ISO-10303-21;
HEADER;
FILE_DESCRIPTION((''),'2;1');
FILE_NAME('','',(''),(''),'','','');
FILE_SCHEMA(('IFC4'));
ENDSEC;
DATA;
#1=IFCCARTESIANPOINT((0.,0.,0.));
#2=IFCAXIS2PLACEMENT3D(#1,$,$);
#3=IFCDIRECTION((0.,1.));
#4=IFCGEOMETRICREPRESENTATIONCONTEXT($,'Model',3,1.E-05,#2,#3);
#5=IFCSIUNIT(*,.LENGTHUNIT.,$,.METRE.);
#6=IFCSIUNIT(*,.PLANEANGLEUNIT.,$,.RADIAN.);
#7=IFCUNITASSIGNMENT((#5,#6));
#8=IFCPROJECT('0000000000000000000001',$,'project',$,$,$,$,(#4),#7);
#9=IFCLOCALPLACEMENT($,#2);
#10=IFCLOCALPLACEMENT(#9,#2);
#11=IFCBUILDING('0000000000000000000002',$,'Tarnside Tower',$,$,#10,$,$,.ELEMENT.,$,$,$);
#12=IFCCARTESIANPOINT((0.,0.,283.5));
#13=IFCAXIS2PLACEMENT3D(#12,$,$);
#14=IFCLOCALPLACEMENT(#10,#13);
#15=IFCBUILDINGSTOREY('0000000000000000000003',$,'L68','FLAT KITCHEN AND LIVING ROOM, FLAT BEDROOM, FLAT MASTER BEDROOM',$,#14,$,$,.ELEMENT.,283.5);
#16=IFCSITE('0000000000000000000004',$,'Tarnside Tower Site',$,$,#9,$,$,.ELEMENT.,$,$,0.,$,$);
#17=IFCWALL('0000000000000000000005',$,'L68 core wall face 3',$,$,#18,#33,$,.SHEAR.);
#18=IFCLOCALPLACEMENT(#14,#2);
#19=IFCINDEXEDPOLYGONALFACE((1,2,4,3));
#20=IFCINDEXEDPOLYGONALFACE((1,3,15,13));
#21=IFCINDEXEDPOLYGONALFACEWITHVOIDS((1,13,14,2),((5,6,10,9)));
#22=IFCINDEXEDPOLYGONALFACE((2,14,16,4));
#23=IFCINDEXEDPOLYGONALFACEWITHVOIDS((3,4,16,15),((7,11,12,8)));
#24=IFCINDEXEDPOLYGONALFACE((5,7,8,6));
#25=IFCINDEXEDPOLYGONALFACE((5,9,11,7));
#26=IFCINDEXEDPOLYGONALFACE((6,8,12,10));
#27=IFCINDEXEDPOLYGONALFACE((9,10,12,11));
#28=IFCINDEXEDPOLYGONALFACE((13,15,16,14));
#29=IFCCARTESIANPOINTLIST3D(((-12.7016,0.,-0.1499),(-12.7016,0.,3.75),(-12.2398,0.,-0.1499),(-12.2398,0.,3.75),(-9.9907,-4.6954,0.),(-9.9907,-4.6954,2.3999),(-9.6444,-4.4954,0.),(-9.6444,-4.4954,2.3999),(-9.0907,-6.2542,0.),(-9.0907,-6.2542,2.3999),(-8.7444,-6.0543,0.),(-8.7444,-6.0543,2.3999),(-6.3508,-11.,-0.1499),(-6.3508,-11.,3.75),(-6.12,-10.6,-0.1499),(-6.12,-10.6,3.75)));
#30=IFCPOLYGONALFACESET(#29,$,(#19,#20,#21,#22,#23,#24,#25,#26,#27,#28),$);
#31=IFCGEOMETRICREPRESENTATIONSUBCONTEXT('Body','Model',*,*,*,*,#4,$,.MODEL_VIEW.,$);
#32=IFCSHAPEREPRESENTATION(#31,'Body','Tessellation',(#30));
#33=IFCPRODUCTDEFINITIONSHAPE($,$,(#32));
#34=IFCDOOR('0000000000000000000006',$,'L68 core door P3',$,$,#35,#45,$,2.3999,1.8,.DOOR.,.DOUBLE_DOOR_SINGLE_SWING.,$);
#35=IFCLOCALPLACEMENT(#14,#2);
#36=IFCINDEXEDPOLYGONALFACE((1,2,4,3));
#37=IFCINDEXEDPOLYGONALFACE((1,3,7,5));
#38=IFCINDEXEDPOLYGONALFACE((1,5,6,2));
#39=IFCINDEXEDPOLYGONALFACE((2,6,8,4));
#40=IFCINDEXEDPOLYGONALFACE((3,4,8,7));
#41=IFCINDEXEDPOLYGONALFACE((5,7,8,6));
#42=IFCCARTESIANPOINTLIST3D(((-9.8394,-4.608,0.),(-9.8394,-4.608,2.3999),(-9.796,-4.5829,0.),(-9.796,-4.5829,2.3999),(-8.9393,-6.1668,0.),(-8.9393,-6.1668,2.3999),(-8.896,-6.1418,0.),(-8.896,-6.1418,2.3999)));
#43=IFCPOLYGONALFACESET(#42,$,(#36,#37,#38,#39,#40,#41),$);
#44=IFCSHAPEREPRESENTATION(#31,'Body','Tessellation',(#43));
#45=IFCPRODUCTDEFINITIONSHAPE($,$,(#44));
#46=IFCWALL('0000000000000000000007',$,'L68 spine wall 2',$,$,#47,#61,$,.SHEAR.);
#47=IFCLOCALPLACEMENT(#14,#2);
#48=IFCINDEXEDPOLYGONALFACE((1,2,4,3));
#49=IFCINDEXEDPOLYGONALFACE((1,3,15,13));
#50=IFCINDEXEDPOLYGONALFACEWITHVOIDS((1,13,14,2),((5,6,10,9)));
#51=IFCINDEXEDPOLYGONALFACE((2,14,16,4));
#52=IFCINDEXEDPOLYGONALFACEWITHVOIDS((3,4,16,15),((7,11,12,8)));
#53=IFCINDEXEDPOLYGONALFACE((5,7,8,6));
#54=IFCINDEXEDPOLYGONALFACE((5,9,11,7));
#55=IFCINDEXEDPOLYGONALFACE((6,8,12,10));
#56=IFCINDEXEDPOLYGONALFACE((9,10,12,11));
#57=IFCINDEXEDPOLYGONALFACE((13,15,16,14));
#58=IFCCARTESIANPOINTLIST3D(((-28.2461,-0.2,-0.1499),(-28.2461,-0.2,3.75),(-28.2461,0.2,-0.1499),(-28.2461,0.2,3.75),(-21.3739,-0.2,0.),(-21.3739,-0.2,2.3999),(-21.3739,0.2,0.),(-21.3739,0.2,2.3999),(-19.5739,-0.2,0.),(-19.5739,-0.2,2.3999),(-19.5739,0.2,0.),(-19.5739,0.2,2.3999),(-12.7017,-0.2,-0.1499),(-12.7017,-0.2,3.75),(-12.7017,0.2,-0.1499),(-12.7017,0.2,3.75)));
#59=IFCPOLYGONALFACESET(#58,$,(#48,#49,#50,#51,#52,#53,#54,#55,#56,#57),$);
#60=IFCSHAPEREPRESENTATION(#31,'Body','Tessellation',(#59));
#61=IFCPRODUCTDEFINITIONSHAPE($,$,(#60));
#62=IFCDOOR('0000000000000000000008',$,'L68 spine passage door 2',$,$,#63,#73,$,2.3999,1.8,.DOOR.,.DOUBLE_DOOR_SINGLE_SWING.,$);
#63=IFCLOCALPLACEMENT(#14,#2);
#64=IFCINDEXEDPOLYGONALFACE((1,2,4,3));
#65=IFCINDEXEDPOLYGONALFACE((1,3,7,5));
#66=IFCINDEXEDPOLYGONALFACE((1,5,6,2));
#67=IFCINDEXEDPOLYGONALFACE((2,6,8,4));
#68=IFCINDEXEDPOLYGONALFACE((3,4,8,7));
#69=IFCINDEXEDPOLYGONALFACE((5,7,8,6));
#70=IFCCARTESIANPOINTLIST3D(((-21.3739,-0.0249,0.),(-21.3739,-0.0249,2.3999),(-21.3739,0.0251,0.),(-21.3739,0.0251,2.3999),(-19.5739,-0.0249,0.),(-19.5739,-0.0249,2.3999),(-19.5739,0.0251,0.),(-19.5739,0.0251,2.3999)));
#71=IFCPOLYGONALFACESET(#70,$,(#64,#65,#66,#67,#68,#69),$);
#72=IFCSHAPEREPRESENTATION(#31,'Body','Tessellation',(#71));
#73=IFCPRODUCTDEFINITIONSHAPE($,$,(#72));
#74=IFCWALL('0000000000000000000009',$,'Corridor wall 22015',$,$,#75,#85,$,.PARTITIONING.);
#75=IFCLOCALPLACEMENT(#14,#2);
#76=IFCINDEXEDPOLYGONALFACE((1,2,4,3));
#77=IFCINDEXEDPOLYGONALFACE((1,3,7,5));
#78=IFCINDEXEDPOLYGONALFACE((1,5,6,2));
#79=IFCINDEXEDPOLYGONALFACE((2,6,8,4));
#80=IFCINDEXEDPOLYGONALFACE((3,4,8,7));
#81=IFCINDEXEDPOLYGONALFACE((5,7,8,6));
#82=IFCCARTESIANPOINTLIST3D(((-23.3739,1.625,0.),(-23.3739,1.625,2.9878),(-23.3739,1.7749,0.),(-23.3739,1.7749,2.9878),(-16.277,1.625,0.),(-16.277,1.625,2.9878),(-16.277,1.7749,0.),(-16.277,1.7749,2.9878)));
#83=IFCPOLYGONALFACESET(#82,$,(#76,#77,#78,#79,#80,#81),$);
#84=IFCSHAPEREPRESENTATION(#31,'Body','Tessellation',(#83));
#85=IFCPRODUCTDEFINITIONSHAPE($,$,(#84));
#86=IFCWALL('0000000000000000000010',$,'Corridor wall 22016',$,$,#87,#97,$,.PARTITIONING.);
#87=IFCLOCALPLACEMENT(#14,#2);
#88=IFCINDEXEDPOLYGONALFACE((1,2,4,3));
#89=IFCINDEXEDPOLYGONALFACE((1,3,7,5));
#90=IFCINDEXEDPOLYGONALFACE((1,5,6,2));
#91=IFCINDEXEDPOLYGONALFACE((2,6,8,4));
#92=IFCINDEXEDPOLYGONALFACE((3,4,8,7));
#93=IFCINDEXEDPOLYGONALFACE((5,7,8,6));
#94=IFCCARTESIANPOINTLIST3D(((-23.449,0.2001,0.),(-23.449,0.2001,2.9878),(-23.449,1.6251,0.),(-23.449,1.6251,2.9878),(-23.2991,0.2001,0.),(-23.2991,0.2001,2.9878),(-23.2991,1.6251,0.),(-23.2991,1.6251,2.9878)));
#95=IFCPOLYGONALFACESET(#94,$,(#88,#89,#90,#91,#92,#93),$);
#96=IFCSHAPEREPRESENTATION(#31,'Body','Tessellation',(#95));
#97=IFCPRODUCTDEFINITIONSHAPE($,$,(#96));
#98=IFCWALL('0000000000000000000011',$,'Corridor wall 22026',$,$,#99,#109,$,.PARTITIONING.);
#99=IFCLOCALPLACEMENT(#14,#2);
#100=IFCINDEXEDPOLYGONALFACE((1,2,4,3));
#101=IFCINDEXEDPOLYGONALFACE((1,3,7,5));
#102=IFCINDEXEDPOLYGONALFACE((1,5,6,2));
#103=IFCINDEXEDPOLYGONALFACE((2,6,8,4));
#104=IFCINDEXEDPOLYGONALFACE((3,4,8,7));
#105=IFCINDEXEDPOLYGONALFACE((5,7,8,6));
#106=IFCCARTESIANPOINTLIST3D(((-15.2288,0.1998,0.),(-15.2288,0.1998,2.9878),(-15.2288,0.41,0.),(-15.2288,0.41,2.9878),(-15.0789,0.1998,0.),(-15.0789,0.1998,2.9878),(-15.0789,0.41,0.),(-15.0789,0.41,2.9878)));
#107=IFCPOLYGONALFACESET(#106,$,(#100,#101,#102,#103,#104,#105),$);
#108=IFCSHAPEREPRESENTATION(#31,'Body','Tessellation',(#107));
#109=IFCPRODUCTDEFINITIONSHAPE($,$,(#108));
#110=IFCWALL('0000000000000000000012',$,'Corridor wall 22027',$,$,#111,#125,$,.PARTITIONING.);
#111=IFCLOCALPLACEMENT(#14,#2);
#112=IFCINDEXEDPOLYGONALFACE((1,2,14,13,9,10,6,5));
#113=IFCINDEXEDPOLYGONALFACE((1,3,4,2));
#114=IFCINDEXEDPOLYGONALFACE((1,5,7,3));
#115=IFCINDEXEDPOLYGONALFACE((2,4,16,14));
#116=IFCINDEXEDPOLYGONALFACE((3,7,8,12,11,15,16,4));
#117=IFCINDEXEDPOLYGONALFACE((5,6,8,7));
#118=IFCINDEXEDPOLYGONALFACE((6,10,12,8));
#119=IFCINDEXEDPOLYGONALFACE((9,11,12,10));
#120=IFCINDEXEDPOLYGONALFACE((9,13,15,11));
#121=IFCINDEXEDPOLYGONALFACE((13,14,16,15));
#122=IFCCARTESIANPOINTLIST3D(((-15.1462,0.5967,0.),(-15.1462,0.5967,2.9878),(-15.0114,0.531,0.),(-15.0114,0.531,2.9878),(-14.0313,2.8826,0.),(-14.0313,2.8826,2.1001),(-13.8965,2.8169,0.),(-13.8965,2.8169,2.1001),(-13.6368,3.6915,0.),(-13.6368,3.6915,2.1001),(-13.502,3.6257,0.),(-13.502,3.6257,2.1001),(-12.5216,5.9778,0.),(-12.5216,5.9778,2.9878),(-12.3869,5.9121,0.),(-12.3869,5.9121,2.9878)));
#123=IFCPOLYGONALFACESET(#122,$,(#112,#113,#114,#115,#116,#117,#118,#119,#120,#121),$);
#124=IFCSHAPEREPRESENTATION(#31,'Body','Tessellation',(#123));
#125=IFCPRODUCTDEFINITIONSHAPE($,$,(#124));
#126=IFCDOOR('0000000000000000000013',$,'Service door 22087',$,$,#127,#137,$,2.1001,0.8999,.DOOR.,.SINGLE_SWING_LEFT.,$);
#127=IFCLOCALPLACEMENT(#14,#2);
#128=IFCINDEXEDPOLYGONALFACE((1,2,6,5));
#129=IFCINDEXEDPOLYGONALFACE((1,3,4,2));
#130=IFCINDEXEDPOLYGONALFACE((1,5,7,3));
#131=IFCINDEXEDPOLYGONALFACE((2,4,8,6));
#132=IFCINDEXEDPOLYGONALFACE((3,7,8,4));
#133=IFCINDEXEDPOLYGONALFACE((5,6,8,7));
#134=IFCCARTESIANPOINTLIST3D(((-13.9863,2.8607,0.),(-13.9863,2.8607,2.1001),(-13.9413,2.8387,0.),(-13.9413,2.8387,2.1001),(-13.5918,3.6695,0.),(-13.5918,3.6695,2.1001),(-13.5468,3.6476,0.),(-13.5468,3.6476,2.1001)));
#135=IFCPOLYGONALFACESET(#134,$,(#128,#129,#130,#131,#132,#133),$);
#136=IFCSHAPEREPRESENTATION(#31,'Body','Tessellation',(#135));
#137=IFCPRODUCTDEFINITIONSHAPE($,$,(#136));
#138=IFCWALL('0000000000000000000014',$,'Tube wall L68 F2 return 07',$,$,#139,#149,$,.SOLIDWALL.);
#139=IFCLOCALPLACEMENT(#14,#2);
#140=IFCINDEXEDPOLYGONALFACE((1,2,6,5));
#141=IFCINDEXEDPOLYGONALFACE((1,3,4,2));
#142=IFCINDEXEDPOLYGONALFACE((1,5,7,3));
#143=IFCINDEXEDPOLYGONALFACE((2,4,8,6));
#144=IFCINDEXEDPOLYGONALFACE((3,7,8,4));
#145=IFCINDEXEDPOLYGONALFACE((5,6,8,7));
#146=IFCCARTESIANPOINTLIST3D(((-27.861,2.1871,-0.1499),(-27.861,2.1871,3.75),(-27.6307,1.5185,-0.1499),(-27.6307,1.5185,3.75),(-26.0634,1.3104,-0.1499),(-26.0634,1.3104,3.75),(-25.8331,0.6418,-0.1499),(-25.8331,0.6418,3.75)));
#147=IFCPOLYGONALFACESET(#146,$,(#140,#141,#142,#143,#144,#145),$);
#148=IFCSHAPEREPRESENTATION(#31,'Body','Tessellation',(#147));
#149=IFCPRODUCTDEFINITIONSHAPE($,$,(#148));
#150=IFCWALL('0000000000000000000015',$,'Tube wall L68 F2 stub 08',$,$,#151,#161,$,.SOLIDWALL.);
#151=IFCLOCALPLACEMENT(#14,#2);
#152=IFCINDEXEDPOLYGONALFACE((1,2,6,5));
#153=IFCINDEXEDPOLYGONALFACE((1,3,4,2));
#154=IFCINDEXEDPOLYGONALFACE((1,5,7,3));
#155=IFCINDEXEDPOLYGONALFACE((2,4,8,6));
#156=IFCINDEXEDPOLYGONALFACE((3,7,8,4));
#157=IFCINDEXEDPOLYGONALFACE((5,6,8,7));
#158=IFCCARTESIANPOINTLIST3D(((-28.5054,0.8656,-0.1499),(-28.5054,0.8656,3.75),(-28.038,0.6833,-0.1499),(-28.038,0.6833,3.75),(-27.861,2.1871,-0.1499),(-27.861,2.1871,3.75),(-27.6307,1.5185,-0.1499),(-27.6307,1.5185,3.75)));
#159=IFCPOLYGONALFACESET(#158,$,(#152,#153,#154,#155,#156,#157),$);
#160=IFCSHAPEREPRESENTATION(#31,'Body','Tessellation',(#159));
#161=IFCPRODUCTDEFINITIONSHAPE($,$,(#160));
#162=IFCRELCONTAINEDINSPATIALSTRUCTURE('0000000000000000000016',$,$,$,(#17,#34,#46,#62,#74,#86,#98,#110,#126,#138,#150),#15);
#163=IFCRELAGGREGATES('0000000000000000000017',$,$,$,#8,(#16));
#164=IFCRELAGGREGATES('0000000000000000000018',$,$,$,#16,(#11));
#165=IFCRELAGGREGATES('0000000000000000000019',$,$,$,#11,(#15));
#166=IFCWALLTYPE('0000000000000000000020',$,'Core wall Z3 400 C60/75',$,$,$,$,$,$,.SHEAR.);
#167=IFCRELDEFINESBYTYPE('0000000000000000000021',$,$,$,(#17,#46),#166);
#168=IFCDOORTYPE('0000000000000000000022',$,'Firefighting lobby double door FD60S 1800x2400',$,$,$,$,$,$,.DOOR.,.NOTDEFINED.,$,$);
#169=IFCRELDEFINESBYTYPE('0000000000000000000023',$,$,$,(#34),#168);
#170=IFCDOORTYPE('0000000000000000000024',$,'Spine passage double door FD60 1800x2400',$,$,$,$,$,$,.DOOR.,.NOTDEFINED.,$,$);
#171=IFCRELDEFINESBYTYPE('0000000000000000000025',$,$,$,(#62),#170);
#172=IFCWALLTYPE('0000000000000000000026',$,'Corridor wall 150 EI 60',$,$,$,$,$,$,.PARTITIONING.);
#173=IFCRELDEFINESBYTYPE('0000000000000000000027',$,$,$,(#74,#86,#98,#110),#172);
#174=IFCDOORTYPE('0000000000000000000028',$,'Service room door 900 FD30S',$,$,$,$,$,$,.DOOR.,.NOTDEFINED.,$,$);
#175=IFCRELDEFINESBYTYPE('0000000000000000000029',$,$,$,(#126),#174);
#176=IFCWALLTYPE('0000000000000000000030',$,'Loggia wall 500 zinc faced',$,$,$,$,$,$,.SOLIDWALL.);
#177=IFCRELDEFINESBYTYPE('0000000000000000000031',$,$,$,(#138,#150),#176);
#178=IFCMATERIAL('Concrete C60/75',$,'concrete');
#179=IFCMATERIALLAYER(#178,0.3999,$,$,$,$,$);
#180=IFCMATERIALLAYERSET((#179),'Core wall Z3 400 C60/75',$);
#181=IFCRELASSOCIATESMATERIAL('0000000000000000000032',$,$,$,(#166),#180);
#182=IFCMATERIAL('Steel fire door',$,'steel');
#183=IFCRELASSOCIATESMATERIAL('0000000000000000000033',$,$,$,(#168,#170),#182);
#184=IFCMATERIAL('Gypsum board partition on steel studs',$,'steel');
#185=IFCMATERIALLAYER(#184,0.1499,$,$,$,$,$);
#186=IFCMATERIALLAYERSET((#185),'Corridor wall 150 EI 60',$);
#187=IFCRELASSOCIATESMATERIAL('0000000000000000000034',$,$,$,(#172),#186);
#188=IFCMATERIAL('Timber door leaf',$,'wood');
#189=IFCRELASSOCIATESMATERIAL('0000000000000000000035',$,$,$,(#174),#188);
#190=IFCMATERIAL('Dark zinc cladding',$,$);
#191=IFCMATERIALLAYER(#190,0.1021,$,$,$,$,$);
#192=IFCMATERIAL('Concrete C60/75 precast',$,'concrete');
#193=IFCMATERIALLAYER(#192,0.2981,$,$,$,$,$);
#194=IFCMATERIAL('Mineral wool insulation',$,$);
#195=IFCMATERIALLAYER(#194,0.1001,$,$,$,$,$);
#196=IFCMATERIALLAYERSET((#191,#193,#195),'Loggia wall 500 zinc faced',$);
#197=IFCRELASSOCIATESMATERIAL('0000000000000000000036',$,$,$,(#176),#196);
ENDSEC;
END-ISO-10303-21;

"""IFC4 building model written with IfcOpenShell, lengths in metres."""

from ifc_helpers import new_model, si_unit, direction, frame, frame_2d, origin, place, context, subcontext, project, spatial, polyline, rectangle, outline, extrude, material, layer, layer_set, type_object, element, fill, save


model = new_model("IFC4")

# Units and contexts
model_context = context("Model", 3, precision=1e-05, world=origin(), true_north=direction((0.0, 1.0)))
body_context = subcontext(model_context, "Body", "Model", "MODEL_VIEW")
ifc_project = project(units=[si_unit("LENGTHUNIT", "METRE"), si_unit("PLANEANGLEUNIT", "RADIAN")], contexts=[model_context])

# Site, building, storey
site_placement = place(None, origin())
site = spatial("IfcSite", under=ifc_project, at=site_placement, Name="Tarnside Tower Site", CompositionType="ELEMENT", RefElevation=0.0)
building_placement = place(site_placement, origin())
building = spatial("IfcBuilding", under=site, at=building_placement, Name="Tarnside Tower", CompositionType="ELEMENT")
storey_placement = place(building_placement, frame((0.0, 0.0, 283.5)))
storey = spatial("IfcBuildingStorey", under=building, at=storey_placement, Name="L68", Description="FLAT KITCHEN AND LIVING ROOM, FLAT BEDROOM, FLAT MASTER BEDROOM", CompositionType="ELEMENT", Elevation=283.5)

# Shared definitions
ifc_material_1 = material(Name="Gypsum board partition on steel studs", Category="steel")

# Walls, openings, doors
ifc_material_2 = material(Name="Concrete C60/75", Category="concrete")
ifc_layer_1 = layer(ifc_material_2, 0.3999)
ifc_layer_set_1 = layer_set([ifc_layer_1], Name="Core wall Z3 400 C60/75")
wall_type_1 = type_object("IfcWallType", Name="Core wall Z3 400 C60/75", PredefinedType="SHEAR", material=ifc_layer_set_1)
wall_1_placement = place(storey_placement, frame((-12.4707, 0.0, -0.1499), z_axis=(0.0, 0.0, 1.0), x_axis=(0.499996, -0.866027, 0.0)))
wall_1 = element("IfcWall", 1, at=wall_1_placement, inside=storey, type_object=wall_type_1, Name="L68 core wall face 3", PredefinedType="SHEAR", context=body_context, shape_type="SweptSolid", body=[
    extrude(outline(polyline([(-0.1155, -0.2), (12.5862, -0.2), (12.3552, 0.2), (0.1155, 0.2), (-0.1155, -0.2)])), origin(), (0.0, 0.0, 1.0), 3.8999),
])
opening_1_placement = place(wall_1_placement, frame((5.3064, 0.0, 0.1499)))
opening_1 = element("IfcOpeningElement", 2, at=opening_1_placement, cuts=wall_1, PredefinedType="OPENING", context=body_context, shape_type="SweptSolid", body=[
    extrude(rectangle(XDim=1.8, YDim=2.3999, at=frame_2d((0.8999, 1.2))), frame((0.0, 0.21, 0.0), z_axis=(0.0, -1.0, 0.0), x_axis=(1.0, 0.0, 0.0)), (0.0, 0.0, 1.0), 0.4199),
])
ifc_material_3 = material(Name="Steel fire door", Category="steel")
door_type_1 = type_object("IfcDoorType", Name="Firefighting lobby double door FD60S 1800x2400", OperationType="NOTDEFINED", PredefinedType="DOOR", material=ifc_material_3)
door_1_placement = place(opening_1_placement, origin())
door_1 = element("IfcDoor", 3, at=door_1_placement, inside=storey, type_object=door_type_1, Name="L68 core door P3", OperationType="DOUBLE_DOOR_SINGLE_SWING", OverallHeight=2.3999, OverallWidth=1.8, PredefinedType="DOOR", context=body_context, shape_type="SweptSolid", body=[
    extrude(rectangle(XDim=1.8, YDim=2.3999, at=frame_2d((0.8999, 1.2))), frame((0.0, 0.0249, 0.0), z_axis=(0.0, -1.0, 0.0), x_axis=(1.0, 0.0, 0.0)), (0.0, 0.0, 1.0), 0.05),
])
fill(opening_1, door_1)
wall_2_placement = place(storey_placement, frame((-12.7017, 0.0, -0.1499), z_axis=(0.0, 0.0, 1.0), x_axis=(-1.0, 0.0, 0.0)))
wall_2 = element("IfcWall", 4, at=wall_2_placement, inside=storey, type_object=wall_type_1, Name="L68 spine wall 2", PredefinedType="SHEAR", context=body_context, shape_type="SweptSolid", body=[
    extrude(rectangle(XDim=15.5444, YDim=0.3999, at=frame_2d((7.7722, 0.0))), origin(), (0.0, 0.0, 1.0), 3.8999),
])
opening_2_placement = place(wall_2_placement, frame((6.8723, 0.0, 0.1499)))
opening_2 = element("IfcOpeningElement", 5, at=opening_2_placement, cuts=wall_2, PredefinedType="OPENING", context=body_context, shape_type="SweptSolid", body=[
    extrude(rectangle(XDim=1.8, YDim=2.3999, at=frame_2d((0.8999, 1.2))), frame((0.0, 0.21, 0.0), z_axis=(0.0, -1.0, 0.0), x_axis=(1.0, 0.0, 0.0)), (0.0, 0.0, 1.0), 0.4199),
])
door_type_2 = type_object("IfcDoorType", Name="Spine passage double door FD60 1800x2400", OperationType="NOTDEFINED", PredefinedType="DOOR", material=ifc_material_3)
door_2_placement = place(opening_2_placement, origin())
door_2 = element("IfcDoor", 6, at=door_2_placement, inside=storey, type_object=door_type_2, Name="L68 spine passage door 2", OperationType="DOUBLE_DOOR_SINGLE_SWING", OverallHeight=2.3999, OverallWidth=1.8, PredefinedType="DOOR", context=body_context, shape_type="SweptSolid", body=[
    extrude(rectangle(XDim=1.8, YDim=2.3999, at=frame_2d((0.8999, 1.2))), frame((0.0, 0.0249, 0.0), z_axis=(0.0, -1.0, 0.0), x_axis=(1.0, 0.0, 0.0)), (0.0, 0.0, 1.0), 0.05),
])
fill(opening_2, door_2)

# Walls
ifc_layer_2 = layer(ifc_material_1, 0.1499)
ifc_layer_set_2 = layer_set([ifc_layer_2], Name="Corridor wall 150 EI 60")
wall_type_2 = type_object("IfcWallType", Name="Corridor wall 150 EI 60", PredefinedType="PARTITIONING", material=ifc_layer_set_2)
wall_3_placement = place(storey_placement, frame((-16.2771, 1.7, 0.0), z_axis=(0.0, 0.0, 1.0), x_axis=(-1.0, 0.0, 0.0)))
element("IfcWall", 7, at=wall_3_placement, inside=storey, type_object=wall_type_2, Name="Corridor wall 22015", PredefinedType="PARTITIONING", context=body_context, shape_type="SweptSolid", body=[
    extrude(rectangle(XDim=7.0969, YDim=0.1499, at=frame_2d((3.5483, 0.0))), origin(), (0.0, 0.0, 1.0), 2.9878),
])
wall_4_placement = place(storey_placement, frame((-23.374, 1.625, 0.0), z_axis=(0.0, 0.0, 1.0), x_axis=(0.0, -1.0, 0.0)))
element("IfcWall", 8, at=wall_4_placement, inside=storey, type_object=wall_type_2, Name="Corridor wall 22016", PredefinedType="PARTITIONING", context=body_context, shape_type="SweptSolid", body=[
    extrude(rectangle(XDim=1.425, YDim=0.1499, at=frame_2d((0.7124, 0.0))), origin(), (0.0, 0.0, 1.0), 2.9878),
])
wall_5_placement = place(storey_placement, frame((-15.1538, 0.2, 0.0), z_axis=(0.0, 0.0, 1.0), x_axis=(0.0, 1.0, 0.0)))
element("IfcWall", 9, at=wall_5_placement, inside=storey, type_object=wall_type_2, Name="Corridor wall 22026", PredefinedType="PARTITIONING", context=body_context, shape_type="SweptSolid", body=[
    extrude(rectangle(XDim=0.2102, YDim=0.1499, at=frame_2d((0.105, 0.0))), origin(), (0.0, 0.0, 1.0), 2.9878),
])

# Wall, opening, door
wall_6_placement = place(storey_placement, frame((-15.0789, 0.5637, 0.0), z_axis=(0.0, 0.0, 1.0), x_axis=(0.438367, 0.898796, 0.0)))
wall_6 = element("IfcWall", 10, at=wall_6_placement, inside=storey, type_object=wall_type_2, Name="Corridor wall 22027", PredefinedType="PARTITIONING", context=body_context, shape_type="SweptSolid", body=[
    extrude(rectangle(XDim=5.9871, YDim=0.1499, at=frame_2d((2.9937, 0.0))), origin(), (0.0, 0.0, 1.0), 2.9878),
])
opening_3_placement = place(wall_6_placement, frame((2.5435, 0.0, 0.0)))
opening_3 = element("IfcOpeningElement", 11, at=opening_3_placement, cuts=wall_6, PredefinedType="OPENING", context=body_context, shape_type="SweptSolid", body=[
    extrude(rectangle(XDim=0.8999, YDim=2.1001, at=frame_2d((0.45, 1.05))), frame((0.0, 0.085, 0.0), z_axis=(0.0, -1.0, 0.0), x_axis=(1.0, 0.0, 0.0)), (0.0, 0.0, 1.0), 0.1699),
])
ifc_material_4 = material(Name="Timber door leaf", Category="wood")
door_type_3 = type_object("IfcDoorType", Name="Service room door 900 FD30S", OperationType="NOTDEFINED", PredefinedType="DOOR", material=ifc_material_4)
door_3_placement = place(opening_3_placement, origin())
door_3 = element("IfcDoor", 12, at=door_3_placement, inside=storey, type_object=door_type_3, Name="Service door 22087", OperationType="SINGLE_SWING_LEFT", OverallHeight=2.1001, OverallWidth=0.8999, PredefinedType="DOOR", context=body_context, shape_type="SweptSolid", body=[
    extrude(rectangle(XDim=0.8999, YDim=2.1001, at=frame_2d((0.45, 1.05))), frame((0.0, 0.0249, 0.0), z_axis=(0.0, -1.0, 0.0), x_axis=(1.0, 0.0, 0.0)), (0.0, 0.0, 1.0), 0.05),
])
fill(opening_3, door_3)

# Walls
ifc_material_5 = material(Name="Dark zinc cladding")
ifc_layer_3 = layer(ifc_material_5, 0.1021)
ifc_material_6 = material(Name="Concrete C60/75 precast", Category="concrete")
ifc_layer_4 = layer(ifc_material_6, 0.2981)
ifc_material_7 = material(Name="Mineral wool insulation")
ifc_layer_5 = layer(ifc_material_7, 0.1001)
ifc_layer_set_3 = layer_set([ifc_layer_3, ifc_layer_4, ifc_layer_5], Name="Loggia wall 500 zinc faced")
wall_type_3 = type_object("IfcWallType", Name="Loggia wall 500 zinc faced", PredefinedType="SOLIDWALL", material=ifc_layer_set_3)
wall_7_placement = place(storey_placement, frame((-25.9482, 0.9761, -0.1499), z_axis=(0.0, 0.0, 1.0), x_axis=(-0.898802, 0.438354, 0.0)))
element("IfcWall", 13, at=wall_7_placement, inside=storey, type_object=wall_type_3, Name="Tube wall L68 F2 return 07", PredefinedType="SOLIDWALL", context=body_context, shape_type="SweptSolid", body=[
    extrude(outline(polyline([(0.25, -0.25), (2.25, -0.25), (1.75, 0.25), (-0.25, 0.25), (0.25, -0.25)])), origin(), (0.0, 0.0, 1.0), 3.8999),
])
wall_8_placement = place(storey_placement, frame((-27.7458, 1.8528, -0.1499), z_axis=(0.0, 0.0, 1.0), x_axis=(-0.438319, -0.898819, 0.0)))
element("IfcWall", 14, at=wall_8_placement, inside=storey, type_object=wall_type_3, Name="Tube wall L68 F2 stub 08", PredefinedType="SOLIDWALL", context=body_context, shape_type="SweptSolid", body=[
    extrude(outline(polyline([(-0.25, -0.25), (1.2202, -0.25), (1.1792, 0.25), (0.25, 0.25), (-0.25, -0.25)])), origin(), (0.0, 0.0, 1.0), 3.8999),
])

save(model, "model.ifc")
